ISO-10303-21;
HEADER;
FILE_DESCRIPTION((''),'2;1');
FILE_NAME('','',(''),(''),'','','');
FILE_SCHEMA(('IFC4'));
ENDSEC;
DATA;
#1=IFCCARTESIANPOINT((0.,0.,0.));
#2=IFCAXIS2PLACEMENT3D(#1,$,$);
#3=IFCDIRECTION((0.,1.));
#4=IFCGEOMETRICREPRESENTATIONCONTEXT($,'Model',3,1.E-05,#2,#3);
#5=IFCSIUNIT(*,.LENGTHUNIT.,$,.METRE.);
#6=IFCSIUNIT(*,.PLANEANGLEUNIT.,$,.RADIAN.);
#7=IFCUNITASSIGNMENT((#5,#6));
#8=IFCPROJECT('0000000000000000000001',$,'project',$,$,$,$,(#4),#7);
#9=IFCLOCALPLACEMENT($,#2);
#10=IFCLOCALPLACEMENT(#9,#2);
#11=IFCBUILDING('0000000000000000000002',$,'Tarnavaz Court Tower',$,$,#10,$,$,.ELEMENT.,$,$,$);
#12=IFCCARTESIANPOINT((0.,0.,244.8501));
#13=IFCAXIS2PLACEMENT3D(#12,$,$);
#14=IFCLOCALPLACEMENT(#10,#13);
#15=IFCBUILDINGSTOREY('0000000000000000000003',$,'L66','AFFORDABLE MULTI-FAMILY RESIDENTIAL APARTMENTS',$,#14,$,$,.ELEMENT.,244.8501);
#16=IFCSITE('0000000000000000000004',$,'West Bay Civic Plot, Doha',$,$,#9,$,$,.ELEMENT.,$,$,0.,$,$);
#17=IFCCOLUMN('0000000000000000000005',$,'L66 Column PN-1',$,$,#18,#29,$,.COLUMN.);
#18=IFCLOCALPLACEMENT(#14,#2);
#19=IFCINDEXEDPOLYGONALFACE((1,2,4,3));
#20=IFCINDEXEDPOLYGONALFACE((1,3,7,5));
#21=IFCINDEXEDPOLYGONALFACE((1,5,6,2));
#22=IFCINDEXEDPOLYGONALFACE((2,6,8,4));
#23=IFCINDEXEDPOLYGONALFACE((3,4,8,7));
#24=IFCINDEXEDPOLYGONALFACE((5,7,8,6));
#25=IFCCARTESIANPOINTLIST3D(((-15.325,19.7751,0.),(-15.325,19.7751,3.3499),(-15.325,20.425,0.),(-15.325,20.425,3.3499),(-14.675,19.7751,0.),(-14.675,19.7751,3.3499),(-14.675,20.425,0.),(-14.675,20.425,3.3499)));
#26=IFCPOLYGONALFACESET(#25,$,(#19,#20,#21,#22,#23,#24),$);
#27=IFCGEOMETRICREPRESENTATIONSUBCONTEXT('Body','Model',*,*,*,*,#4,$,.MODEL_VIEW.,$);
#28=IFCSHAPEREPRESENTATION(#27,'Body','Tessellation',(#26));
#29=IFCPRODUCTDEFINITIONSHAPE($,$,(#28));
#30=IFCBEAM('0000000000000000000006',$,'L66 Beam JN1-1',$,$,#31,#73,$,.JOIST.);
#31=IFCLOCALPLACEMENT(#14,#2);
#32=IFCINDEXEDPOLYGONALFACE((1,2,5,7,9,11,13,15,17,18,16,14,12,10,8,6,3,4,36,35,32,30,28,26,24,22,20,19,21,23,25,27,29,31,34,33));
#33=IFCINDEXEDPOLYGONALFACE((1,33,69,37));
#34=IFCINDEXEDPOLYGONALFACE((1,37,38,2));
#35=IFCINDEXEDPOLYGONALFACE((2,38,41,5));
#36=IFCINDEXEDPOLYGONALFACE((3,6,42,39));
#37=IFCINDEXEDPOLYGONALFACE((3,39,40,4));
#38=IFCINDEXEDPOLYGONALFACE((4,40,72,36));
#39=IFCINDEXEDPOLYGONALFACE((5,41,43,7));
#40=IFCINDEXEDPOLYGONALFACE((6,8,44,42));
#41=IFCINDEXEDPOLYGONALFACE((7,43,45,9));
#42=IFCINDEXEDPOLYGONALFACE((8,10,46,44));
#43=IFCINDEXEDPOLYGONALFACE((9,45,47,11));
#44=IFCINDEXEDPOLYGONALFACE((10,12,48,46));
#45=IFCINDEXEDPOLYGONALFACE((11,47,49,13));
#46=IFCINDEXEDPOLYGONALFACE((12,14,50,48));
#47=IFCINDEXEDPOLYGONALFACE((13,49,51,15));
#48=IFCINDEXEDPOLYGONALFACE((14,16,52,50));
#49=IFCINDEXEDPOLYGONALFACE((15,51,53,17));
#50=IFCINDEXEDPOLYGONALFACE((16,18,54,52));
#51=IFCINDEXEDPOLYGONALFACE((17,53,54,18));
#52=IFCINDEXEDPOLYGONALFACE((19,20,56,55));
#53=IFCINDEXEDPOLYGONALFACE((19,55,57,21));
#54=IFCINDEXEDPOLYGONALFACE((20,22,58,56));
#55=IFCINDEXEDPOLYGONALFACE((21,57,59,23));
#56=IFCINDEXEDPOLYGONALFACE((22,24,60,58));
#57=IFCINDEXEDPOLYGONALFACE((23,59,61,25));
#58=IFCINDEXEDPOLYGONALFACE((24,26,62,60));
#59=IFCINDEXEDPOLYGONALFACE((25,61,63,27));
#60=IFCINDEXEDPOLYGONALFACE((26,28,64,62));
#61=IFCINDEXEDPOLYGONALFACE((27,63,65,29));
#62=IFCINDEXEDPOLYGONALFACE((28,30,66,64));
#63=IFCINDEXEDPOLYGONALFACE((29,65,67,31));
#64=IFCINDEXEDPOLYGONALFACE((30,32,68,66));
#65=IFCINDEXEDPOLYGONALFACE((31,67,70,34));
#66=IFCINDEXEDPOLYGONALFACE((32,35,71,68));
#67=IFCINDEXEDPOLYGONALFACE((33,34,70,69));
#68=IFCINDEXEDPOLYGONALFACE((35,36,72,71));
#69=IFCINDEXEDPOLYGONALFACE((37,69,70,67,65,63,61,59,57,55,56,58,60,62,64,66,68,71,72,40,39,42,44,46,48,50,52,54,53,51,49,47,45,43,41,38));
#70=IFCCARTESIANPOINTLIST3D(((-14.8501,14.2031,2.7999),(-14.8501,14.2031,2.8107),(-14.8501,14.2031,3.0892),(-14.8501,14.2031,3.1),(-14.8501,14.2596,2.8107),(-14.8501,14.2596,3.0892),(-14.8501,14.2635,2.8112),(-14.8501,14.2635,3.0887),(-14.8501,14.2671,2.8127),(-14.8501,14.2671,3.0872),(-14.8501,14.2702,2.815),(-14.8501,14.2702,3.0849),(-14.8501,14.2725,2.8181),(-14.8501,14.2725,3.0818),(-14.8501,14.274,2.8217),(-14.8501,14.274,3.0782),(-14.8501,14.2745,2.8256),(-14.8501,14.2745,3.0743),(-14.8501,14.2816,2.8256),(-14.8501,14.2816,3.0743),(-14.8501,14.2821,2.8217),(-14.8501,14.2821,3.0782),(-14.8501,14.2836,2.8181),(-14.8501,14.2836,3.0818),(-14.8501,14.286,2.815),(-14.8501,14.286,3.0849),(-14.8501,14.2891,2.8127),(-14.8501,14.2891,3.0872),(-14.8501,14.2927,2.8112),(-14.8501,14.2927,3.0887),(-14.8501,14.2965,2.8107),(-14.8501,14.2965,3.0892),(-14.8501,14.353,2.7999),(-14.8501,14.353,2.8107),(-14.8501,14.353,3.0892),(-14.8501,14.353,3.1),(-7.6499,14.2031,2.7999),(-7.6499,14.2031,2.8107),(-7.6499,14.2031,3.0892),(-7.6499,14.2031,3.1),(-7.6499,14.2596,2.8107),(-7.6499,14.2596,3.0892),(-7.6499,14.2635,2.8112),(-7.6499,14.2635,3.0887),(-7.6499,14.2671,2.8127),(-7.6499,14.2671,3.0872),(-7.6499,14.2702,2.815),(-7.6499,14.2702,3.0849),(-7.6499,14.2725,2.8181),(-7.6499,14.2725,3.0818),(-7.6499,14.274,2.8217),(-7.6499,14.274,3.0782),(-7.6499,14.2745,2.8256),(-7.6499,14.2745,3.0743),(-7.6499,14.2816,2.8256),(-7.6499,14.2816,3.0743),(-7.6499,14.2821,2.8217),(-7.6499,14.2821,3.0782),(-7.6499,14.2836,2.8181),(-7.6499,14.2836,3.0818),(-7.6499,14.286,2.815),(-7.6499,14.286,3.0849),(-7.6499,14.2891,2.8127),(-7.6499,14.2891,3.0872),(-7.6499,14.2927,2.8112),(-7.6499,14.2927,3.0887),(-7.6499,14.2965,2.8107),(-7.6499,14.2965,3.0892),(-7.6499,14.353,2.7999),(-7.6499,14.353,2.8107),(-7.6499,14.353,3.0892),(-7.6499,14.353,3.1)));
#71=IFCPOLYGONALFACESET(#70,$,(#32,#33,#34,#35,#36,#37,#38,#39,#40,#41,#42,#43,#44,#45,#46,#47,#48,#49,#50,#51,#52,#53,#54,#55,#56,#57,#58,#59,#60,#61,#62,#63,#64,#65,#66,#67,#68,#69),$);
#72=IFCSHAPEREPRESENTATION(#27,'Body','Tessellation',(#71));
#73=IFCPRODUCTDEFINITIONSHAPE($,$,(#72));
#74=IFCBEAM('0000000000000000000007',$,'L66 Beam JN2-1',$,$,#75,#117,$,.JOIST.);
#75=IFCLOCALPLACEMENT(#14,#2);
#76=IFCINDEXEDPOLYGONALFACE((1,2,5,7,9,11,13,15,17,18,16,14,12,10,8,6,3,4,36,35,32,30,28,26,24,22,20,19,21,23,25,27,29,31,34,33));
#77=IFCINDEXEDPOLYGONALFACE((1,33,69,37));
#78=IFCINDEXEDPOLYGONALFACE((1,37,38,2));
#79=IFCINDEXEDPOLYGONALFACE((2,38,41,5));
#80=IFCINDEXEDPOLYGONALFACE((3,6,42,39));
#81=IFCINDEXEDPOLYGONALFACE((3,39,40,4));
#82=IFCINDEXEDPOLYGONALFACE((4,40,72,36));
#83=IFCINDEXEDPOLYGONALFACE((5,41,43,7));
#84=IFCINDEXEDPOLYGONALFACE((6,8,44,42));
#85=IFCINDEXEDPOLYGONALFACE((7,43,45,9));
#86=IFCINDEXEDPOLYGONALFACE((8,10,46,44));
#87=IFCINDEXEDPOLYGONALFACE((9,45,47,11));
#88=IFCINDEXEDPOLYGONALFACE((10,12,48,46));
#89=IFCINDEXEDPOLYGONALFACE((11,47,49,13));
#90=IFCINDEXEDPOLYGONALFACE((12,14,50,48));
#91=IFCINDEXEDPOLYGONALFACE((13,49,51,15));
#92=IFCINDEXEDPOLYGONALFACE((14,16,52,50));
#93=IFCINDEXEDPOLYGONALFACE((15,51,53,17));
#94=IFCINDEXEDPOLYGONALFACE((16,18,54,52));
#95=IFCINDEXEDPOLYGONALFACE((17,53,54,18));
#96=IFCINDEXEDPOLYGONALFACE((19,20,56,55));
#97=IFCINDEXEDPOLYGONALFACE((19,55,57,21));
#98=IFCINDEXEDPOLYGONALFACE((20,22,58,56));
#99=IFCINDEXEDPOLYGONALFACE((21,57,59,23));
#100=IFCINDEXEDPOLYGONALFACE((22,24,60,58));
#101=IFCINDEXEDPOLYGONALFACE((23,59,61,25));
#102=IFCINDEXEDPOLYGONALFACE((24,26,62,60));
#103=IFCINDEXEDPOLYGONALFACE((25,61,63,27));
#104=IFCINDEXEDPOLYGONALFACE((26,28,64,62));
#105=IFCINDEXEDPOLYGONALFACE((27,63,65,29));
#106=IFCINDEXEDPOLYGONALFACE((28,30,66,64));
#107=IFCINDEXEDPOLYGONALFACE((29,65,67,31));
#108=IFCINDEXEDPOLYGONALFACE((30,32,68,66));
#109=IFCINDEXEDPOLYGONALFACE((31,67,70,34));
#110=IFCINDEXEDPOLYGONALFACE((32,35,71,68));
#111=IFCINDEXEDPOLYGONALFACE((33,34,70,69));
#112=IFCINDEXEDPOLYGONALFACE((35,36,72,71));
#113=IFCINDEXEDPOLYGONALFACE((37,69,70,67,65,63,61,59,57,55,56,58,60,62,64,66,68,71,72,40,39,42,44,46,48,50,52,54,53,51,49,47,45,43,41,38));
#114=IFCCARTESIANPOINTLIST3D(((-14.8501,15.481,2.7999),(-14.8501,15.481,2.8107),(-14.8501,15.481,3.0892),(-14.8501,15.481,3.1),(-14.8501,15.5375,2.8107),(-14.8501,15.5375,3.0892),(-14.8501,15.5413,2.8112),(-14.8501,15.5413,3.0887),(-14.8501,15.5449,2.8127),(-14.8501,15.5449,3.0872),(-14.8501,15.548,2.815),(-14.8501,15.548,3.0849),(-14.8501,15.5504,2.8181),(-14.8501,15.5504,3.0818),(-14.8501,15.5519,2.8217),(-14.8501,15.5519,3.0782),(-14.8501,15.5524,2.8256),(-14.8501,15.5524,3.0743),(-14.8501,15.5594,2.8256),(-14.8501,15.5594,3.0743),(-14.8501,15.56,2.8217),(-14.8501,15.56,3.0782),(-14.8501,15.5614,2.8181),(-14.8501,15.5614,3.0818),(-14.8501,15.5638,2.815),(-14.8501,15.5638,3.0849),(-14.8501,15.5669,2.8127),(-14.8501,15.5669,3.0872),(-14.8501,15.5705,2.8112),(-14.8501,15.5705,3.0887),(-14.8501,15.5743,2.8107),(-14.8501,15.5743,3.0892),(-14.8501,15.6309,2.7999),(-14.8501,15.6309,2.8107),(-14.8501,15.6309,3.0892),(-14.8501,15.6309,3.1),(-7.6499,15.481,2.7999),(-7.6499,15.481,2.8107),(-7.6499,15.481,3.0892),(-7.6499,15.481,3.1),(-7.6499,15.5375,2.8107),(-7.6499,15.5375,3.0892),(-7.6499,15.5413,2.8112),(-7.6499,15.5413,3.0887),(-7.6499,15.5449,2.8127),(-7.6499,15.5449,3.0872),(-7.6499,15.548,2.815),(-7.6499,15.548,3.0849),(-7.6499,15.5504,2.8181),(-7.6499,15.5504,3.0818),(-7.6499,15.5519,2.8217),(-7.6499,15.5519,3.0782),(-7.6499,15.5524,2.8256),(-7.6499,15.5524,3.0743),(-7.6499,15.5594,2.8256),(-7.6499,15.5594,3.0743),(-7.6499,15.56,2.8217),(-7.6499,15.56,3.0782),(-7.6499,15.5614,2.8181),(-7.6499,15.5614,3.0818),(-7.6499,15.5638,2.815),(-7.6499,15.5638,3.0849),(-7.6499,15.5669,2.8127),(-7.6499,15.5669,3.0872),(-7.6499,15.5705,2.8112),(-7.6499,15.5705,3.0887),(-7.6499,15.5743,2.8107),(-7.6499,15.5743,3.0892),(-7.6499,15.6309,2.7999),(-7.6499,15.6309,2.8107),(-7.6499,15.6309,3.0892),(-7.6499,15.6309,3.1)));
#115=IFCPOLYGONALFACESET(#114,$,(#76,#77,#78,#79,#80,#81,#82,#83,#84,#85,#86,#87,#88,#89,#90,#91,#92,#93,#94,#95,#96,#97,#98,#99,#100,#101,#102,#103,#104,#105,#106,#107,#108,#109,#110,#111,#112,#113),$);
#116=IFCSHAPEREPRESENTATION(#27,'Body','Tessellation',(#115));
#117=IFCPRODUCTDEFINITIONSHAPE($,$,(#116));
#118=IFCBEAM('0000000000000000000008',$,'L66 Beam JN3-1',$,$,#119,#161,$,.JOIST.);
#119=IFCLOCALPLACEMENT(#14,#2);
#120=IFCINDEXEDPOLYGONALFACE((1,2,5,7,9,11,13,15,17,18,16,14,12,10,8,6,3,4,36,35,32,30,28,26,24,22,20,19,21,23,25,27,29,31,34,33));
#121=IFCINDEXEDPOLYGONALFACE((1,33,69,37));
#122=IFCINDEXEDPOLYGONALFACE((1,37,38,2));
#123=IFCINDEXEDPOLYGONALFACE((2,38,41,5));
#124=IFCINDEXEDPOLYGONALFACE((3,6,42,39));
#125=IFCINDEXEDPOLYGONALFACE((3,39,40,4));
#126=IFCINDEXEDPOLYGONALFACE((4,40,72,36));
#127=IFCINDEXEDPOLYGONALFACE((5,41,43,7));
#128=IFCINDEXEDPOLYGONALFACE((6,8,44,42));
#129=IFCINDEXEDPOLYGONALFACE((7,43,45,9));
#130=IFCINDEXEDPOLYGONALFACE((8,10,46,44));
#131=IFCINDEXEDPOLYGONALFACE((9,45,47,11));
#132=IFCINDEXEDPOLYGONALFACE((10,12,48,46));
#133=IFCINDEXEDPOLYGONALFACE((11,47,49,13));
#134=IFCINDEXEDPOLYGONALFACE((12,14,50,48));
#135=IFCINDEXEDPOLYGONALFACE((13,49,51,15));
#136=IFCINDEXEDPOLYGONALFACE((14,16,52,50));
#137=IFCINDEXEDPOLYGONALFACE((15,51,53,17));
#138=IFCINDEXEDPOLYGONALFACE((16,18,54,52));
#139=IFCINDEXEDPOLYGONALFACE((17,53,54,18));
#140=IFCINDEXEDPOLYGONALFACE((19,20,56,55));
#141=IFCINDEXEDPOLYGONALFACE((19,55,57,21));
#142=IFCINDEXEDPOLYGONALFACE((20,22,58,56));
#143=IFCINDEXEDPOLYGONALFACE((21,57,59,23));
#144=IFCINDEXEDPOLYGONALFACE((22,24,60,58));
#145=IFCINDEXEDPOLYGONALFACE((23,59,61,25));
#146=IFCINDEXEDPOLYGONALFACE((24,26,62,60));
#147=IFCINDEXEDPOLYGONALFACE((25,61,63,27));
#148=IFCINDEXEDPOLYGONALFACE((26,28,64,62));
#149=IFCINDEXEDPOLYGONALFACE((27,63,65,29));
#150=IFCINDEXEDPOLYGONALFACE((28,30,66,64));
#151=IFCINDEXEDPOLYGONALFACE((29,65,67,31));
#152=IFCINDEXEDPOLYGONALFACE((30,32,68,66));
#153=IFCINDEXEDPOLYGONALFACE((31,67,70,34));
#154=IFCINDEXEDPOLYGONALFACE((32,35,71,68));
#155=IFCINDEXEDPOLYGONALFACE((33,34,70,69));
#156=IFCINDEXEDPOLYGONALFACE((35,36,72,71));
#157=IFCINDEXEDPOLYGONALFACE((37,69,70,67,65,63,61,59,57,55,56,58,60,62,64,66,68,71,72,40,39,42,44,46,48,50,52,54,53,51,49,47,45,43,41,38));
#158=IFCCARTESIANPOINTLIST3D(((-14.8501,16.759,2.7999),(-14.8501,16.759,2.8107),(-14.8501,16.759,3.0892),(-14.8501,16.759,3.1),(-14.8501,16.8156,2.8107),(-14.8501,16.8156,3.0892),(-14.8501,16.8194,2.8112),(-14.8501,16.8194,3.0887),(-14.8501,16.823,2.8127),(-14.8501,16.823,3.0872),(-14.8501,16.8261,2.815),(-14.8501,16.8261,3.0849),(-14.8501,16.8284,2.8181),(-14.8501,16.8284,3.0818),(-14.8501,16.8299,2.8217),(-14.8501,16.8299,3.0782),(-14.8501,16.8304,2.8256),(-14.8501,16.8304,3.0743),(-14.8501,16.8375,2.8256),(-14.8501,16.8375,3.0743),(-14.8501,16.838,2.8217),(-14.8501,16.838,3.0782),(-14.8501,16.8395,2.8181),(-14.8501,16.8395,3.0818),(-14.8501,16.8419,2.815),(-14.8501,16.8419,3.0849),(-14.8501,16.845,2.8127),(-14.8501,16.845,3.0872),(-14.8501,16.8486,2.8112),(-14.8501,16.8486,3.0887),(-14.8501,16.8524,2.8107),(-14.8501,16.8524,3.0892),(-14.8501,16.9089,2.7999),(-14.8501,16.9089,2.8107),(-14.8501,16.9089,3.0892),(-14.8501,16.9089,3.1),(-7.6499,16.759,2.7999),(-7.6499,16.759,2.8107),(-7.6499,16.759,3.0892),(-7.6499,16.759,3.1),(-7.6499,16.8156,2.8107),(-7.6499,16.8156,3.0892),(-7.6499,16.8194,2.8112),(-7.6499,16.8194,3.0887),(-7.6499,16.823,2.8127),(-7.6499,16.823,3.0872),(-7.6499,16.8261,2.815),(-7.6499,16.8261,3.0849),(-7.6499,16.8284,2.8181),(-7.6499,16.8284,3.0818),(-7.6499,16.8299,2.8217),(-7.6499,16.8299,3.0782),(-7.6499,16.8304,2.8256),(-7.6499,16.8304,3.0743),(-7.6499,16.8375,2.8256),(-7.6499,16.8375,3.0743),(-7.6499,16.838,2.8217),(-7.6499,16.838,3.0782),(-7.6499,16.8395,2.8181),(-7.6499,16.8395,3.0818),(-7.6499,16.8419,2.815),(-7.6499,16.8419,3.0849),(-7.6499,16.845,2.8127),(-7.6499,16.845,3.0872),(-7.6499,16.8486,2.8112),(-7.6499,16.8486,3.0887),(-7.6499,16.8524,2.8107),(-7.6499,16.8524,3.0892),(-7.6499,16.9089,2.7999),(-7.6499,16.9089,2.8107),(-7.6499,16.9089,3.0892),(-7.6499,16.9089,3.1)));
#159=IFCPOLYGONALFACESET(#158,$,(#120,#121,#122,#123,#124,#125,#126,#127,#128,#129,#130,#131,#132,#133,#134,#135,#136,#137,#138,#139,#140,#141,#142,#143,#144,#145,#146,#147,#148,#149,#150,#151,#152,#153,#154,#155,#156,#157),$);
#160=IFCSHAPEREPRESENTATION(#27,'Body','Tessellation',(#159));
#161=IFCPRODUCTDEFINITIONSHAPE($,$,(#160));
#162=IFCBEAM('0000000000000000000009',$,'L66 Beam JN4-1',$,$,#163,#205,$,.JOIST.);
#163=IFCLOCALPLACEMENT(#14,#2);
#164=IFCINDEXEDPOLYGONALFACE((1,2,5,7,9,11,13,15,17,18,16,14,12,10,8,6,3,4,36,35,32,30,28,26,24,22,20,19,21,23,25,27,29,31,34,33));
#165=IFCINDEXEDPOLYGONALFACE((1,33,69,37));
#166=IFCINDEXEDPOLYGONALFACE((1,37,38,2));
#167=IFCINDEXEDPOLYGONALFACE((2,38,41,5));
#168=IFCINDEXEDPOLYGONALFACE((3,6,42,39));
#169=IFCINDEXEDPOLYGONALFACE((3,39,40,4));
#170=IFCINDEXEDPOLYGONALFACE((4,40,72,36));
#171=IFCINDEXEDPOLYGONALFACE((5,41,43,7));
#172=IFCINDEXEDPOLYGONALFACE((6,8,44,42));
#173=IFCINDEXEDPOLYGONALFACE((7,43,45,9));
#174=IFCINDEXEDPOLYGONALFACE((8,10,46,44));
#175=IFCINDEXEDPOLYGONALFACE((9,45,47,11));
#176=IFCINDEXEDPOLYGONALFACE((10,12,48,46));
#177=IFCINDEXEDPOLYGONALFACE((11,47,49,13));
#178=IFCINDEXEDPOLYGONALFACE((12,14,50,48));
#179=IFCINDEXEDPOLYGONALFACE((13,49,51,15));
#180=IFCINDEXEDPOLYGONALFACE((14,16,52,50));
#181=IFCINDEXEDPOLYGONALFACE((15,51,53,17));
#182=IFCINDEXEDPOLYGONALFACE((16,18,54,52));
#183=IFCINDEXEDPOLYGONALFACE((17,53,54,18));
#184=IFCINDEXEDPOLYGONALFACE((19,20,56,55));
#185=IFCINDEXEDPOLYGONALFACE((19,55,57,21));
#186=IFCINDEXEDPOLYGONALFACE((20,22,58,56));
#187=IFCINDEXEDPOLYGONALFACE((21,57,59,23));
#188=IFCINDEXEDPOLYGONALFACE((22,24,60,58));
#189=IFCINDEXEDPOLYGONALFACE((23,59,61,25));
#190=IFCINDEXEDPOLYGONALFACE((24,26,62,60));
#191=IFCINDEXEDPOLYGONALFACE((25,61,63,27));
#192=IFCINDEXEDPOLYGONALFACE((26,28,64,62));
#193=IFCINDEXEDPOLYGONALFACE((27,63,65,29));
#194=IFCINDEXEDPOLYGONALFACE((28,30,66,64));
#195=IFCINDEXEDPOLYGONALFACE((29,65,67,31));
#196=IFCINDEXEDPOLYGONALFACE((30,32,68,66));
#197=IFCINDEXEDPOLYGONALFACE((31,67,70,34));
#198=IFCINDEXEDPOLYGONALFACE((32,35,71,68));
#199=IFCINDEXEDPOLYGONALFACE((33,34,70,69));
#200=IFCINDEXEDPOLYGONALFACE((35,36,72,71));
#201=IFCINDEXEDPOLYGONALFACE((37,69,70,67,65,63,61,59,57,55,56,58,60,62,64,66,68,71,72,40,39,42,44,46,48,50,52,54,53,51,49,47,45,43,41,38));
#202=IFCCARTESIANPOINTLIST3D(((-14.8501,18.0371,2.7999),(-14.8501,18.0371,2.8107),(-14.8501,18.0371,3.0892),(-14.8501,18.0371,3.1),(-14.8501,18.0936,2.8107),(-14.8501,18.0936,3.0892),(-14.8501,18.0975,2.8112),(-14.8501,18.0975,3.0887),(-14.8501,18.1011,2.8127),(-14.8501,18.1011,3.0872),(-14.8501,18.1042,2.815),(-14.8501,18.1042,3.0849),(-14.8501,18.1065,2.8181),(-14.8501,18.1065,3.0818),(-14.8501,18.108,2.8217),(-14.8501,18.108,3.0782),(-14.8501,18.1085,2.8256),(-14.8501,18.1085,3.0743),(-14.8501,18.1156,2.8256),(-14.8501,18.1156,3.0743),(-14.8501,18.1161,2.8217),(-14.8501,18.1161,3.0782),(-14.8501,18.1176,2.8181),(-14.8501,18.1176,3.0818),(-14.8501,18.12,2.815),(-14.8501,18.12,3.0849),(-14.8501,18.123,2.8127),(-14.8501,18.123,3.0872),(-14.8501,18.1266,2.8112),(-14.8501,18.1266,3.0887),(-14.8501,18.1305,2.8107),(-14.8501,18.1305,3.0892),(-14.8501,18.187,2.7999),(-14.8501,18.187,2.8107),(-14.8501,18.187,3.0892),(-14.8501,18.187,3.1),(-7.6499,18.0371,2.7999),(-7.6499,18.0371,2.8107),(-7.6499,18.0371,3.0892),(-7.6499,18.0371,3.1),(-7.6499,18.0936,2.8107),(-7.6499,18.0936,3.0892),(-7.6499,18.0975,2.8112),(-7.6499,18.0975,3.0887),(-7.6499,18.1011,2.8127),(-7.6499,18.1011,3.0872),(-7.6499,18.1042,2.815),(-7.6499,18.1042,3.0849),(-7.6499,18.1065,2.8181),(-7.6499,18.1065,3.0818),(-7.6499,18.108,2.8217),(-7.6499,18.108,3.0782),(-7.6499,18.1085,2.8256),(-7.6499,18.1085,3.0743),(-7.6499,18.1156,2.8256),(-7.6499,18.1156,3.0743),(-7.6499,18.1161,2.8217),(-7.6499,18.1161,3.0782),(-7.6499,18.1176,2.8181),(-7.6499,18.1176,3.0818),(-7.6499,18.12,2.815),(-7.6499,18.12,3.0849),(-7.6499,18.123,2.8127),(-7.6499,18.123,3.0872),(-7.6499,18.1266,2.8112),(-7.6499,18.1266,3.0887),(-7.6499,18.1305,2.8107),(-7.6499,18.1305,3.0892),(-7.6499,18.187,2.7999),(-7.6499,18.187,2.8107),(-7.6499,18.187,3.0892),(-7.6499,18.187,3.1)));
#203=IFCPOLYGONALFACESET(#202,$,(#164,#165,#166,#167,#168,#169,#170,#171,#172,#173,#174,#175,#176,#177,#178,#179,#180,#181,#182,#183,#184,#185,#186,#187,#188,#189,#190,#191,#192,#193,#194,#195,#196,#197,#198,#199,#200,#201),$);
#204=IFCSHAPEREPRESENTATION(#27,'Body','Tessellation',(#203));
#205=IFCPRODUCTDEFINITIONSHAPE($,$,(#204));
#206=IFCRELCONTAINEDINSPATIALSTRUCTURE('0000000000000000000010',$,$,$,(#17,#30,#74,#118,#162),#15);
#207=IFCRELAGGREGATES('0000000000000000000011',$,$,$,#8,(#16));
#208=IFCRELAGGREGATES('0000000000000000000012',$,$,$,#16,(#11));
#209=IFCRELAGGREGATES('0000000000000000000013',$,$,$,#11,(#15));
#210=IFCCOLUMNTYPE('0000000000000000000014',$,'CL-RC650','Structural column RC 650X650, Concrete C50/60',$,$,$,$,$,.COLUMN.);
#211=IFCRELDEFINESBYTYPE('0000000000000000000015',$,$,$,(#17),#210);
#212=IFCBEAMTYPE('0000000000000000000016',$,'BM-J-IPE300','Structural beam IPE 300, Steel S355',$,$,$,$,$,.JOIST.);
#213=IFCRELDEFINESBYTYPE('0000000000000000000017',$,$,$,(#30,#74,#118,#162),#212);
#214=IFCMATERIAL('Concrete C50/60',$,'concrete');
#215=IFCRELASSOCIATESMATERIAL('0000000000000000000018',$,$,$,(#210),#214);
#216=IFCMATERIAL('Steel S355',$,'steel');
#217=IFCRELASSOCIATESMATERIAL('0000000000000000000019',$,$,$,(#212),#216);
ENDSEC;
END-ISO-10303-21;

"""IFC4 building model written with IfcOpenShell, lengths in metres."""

from ifc_helpers import new_model, si_unit, direction, frame, origin, origin_2d, place, context, subcontext, project, spatial, rectangle, i_section, extrude, material, material_profile, profile_set, type_object, element, save


model = new_model("IFC4")

# Units and contexts
model_context = context("Model", 3, precision=1e-05, world=origin(), true_north=direction((0.0, 1.0)))
body_context = subcontext(model_context, "Body", "Model", "MODEL_VIEW")
ifc_project = project(units=[si_unit("LENGTHUNIT", "METRE"), si_unit("PLANEANGLEUNIT", "RADIAN")], contexts=[model_context])

# Site, building, storey
site_placement = place(None, origin())
site = spatial("IfcSite", under=ifc_project, at=site_placement, Name="West Bay Civic Plot, Doha", CompositionType="ELEMENT", RefElevation=0.0)
building_placement = place(site_placement, origin())
building = spatial("IfcBuilding", under=site, at=building_placement, Name="Tarnavaz Court Tower", CompositionType="ELEMENT")
storey_placement = place(building_placement, frame((0.0, 0.0, 244.8501)))
storey = spatial("IfcBuildingStorey", under=building, at=storey_placement, Name="L66", Description="AFFORDABLE MULTI-FAMILY RESIDENTIAL APARTMENTS", CompositionType="ELEMENT", Elevation=244.8501)

# Column
ifc_material_1 = material(Name="Concrete C50/60", Category="concrete")
ifc_material_profile_1 = material_profile(ifc_material_1, rectangle(XDim=0.6499, YDim=0.6499, at=origin_2d()), Name="RC 650X650")
ifc_profile_set_1 = profile_set([ifc_material_profile_1], Name="Concrete C50/60")
column_type = type_object("IfcColumnType", Name="CL-RC650", Description="Structural column RC 650X650, Concrete C50/60", PredefinedType="COLUMN", material=ifc_profile_set_1)
column_placement = place(storey_placement, frame((-15.0, 20.1001, 0.0), z_axis=(0.0, 0.0, 1.0), x_axis=(1.0, 0.0, 0.0)))
element("IfcColumn", 1, at=column_placement, inside=storey, type_object=column_type, Name="L66 Column PN-1", PredefinedType="COLUMN", context=body_context, shape_type="SweptSolid", body=[
    extrude(rectangle(XDim=0.6499, YDim=0.6499, at=origin_2d()), origin(), (0.0, 0.0, 1.0), 3.3499),
])

# Beams
ifc_material_2 = material(Name="Steel S355", Category="steel")
ifc_material_profile_2 = material_profile(ifc_material_2, i_section(OverallWidth=0.1499, OverallDepth=0.3, WebThickness=0.0071, FlangeThickness=0.0107, FilletRadius=0.0149, at=origin_2d()), Name="IPE 300")
ifc_profile_set_2 = profile_set([ifc_material_profile_2], Name="Steel S355")
beam_type_1 = type_object("IfcBeamType", Name="BM-J-IPE300", Description="Structural beam IPE 300, Steel S355", PredefinedType="JOIST", material=ifc_profile_set_2)
for number, where, z_axis, x_axis, name in (
    (2, (-14.8501, 14.2781, 2.95), (1.0, 0.0, 0.0), (0.0, 1.0, 0.0), "L66 Beam JN1-1"),
    (3, (-14.8501, 15.5559, 2.95), (1.0, 0.0, 0.0), (0.0, 1.0, 0.0), "L66 Beam JN2-1"),
    (4, (-14.8501, 16.834, 2.95), (1.0, 0.0, 0.0), (0.0, 1.0, 0.0), "L66 Beam JN3-1"),
    (5, (-14.8501, 18.1121, 2.95), (1.0, 0.0, 0.0), (0.0, 1.0, 0.0), "L66 Beam JN4-1"),
):
    element("IfcBeam", number, at=place(storey_placement, frame(where, z_axis=z_axis, x_axis=x_axis)), inside=storey, type_object=beam_type_1, Name=name, PredefinedType="JOIST", context=body_context, shape_type="SweptSolid", body=[
        extrude(i_section(OverallWidth=0.1499, OverallDepth=0.3, WebThickness=0.0071, FlangeThickness=0.0107, FilletRadius=0.0149, at=origin_2d()), origin(), (0.0, 0.0, 1.0), 7.2002),
    ])

save(model, "model.ifc")
